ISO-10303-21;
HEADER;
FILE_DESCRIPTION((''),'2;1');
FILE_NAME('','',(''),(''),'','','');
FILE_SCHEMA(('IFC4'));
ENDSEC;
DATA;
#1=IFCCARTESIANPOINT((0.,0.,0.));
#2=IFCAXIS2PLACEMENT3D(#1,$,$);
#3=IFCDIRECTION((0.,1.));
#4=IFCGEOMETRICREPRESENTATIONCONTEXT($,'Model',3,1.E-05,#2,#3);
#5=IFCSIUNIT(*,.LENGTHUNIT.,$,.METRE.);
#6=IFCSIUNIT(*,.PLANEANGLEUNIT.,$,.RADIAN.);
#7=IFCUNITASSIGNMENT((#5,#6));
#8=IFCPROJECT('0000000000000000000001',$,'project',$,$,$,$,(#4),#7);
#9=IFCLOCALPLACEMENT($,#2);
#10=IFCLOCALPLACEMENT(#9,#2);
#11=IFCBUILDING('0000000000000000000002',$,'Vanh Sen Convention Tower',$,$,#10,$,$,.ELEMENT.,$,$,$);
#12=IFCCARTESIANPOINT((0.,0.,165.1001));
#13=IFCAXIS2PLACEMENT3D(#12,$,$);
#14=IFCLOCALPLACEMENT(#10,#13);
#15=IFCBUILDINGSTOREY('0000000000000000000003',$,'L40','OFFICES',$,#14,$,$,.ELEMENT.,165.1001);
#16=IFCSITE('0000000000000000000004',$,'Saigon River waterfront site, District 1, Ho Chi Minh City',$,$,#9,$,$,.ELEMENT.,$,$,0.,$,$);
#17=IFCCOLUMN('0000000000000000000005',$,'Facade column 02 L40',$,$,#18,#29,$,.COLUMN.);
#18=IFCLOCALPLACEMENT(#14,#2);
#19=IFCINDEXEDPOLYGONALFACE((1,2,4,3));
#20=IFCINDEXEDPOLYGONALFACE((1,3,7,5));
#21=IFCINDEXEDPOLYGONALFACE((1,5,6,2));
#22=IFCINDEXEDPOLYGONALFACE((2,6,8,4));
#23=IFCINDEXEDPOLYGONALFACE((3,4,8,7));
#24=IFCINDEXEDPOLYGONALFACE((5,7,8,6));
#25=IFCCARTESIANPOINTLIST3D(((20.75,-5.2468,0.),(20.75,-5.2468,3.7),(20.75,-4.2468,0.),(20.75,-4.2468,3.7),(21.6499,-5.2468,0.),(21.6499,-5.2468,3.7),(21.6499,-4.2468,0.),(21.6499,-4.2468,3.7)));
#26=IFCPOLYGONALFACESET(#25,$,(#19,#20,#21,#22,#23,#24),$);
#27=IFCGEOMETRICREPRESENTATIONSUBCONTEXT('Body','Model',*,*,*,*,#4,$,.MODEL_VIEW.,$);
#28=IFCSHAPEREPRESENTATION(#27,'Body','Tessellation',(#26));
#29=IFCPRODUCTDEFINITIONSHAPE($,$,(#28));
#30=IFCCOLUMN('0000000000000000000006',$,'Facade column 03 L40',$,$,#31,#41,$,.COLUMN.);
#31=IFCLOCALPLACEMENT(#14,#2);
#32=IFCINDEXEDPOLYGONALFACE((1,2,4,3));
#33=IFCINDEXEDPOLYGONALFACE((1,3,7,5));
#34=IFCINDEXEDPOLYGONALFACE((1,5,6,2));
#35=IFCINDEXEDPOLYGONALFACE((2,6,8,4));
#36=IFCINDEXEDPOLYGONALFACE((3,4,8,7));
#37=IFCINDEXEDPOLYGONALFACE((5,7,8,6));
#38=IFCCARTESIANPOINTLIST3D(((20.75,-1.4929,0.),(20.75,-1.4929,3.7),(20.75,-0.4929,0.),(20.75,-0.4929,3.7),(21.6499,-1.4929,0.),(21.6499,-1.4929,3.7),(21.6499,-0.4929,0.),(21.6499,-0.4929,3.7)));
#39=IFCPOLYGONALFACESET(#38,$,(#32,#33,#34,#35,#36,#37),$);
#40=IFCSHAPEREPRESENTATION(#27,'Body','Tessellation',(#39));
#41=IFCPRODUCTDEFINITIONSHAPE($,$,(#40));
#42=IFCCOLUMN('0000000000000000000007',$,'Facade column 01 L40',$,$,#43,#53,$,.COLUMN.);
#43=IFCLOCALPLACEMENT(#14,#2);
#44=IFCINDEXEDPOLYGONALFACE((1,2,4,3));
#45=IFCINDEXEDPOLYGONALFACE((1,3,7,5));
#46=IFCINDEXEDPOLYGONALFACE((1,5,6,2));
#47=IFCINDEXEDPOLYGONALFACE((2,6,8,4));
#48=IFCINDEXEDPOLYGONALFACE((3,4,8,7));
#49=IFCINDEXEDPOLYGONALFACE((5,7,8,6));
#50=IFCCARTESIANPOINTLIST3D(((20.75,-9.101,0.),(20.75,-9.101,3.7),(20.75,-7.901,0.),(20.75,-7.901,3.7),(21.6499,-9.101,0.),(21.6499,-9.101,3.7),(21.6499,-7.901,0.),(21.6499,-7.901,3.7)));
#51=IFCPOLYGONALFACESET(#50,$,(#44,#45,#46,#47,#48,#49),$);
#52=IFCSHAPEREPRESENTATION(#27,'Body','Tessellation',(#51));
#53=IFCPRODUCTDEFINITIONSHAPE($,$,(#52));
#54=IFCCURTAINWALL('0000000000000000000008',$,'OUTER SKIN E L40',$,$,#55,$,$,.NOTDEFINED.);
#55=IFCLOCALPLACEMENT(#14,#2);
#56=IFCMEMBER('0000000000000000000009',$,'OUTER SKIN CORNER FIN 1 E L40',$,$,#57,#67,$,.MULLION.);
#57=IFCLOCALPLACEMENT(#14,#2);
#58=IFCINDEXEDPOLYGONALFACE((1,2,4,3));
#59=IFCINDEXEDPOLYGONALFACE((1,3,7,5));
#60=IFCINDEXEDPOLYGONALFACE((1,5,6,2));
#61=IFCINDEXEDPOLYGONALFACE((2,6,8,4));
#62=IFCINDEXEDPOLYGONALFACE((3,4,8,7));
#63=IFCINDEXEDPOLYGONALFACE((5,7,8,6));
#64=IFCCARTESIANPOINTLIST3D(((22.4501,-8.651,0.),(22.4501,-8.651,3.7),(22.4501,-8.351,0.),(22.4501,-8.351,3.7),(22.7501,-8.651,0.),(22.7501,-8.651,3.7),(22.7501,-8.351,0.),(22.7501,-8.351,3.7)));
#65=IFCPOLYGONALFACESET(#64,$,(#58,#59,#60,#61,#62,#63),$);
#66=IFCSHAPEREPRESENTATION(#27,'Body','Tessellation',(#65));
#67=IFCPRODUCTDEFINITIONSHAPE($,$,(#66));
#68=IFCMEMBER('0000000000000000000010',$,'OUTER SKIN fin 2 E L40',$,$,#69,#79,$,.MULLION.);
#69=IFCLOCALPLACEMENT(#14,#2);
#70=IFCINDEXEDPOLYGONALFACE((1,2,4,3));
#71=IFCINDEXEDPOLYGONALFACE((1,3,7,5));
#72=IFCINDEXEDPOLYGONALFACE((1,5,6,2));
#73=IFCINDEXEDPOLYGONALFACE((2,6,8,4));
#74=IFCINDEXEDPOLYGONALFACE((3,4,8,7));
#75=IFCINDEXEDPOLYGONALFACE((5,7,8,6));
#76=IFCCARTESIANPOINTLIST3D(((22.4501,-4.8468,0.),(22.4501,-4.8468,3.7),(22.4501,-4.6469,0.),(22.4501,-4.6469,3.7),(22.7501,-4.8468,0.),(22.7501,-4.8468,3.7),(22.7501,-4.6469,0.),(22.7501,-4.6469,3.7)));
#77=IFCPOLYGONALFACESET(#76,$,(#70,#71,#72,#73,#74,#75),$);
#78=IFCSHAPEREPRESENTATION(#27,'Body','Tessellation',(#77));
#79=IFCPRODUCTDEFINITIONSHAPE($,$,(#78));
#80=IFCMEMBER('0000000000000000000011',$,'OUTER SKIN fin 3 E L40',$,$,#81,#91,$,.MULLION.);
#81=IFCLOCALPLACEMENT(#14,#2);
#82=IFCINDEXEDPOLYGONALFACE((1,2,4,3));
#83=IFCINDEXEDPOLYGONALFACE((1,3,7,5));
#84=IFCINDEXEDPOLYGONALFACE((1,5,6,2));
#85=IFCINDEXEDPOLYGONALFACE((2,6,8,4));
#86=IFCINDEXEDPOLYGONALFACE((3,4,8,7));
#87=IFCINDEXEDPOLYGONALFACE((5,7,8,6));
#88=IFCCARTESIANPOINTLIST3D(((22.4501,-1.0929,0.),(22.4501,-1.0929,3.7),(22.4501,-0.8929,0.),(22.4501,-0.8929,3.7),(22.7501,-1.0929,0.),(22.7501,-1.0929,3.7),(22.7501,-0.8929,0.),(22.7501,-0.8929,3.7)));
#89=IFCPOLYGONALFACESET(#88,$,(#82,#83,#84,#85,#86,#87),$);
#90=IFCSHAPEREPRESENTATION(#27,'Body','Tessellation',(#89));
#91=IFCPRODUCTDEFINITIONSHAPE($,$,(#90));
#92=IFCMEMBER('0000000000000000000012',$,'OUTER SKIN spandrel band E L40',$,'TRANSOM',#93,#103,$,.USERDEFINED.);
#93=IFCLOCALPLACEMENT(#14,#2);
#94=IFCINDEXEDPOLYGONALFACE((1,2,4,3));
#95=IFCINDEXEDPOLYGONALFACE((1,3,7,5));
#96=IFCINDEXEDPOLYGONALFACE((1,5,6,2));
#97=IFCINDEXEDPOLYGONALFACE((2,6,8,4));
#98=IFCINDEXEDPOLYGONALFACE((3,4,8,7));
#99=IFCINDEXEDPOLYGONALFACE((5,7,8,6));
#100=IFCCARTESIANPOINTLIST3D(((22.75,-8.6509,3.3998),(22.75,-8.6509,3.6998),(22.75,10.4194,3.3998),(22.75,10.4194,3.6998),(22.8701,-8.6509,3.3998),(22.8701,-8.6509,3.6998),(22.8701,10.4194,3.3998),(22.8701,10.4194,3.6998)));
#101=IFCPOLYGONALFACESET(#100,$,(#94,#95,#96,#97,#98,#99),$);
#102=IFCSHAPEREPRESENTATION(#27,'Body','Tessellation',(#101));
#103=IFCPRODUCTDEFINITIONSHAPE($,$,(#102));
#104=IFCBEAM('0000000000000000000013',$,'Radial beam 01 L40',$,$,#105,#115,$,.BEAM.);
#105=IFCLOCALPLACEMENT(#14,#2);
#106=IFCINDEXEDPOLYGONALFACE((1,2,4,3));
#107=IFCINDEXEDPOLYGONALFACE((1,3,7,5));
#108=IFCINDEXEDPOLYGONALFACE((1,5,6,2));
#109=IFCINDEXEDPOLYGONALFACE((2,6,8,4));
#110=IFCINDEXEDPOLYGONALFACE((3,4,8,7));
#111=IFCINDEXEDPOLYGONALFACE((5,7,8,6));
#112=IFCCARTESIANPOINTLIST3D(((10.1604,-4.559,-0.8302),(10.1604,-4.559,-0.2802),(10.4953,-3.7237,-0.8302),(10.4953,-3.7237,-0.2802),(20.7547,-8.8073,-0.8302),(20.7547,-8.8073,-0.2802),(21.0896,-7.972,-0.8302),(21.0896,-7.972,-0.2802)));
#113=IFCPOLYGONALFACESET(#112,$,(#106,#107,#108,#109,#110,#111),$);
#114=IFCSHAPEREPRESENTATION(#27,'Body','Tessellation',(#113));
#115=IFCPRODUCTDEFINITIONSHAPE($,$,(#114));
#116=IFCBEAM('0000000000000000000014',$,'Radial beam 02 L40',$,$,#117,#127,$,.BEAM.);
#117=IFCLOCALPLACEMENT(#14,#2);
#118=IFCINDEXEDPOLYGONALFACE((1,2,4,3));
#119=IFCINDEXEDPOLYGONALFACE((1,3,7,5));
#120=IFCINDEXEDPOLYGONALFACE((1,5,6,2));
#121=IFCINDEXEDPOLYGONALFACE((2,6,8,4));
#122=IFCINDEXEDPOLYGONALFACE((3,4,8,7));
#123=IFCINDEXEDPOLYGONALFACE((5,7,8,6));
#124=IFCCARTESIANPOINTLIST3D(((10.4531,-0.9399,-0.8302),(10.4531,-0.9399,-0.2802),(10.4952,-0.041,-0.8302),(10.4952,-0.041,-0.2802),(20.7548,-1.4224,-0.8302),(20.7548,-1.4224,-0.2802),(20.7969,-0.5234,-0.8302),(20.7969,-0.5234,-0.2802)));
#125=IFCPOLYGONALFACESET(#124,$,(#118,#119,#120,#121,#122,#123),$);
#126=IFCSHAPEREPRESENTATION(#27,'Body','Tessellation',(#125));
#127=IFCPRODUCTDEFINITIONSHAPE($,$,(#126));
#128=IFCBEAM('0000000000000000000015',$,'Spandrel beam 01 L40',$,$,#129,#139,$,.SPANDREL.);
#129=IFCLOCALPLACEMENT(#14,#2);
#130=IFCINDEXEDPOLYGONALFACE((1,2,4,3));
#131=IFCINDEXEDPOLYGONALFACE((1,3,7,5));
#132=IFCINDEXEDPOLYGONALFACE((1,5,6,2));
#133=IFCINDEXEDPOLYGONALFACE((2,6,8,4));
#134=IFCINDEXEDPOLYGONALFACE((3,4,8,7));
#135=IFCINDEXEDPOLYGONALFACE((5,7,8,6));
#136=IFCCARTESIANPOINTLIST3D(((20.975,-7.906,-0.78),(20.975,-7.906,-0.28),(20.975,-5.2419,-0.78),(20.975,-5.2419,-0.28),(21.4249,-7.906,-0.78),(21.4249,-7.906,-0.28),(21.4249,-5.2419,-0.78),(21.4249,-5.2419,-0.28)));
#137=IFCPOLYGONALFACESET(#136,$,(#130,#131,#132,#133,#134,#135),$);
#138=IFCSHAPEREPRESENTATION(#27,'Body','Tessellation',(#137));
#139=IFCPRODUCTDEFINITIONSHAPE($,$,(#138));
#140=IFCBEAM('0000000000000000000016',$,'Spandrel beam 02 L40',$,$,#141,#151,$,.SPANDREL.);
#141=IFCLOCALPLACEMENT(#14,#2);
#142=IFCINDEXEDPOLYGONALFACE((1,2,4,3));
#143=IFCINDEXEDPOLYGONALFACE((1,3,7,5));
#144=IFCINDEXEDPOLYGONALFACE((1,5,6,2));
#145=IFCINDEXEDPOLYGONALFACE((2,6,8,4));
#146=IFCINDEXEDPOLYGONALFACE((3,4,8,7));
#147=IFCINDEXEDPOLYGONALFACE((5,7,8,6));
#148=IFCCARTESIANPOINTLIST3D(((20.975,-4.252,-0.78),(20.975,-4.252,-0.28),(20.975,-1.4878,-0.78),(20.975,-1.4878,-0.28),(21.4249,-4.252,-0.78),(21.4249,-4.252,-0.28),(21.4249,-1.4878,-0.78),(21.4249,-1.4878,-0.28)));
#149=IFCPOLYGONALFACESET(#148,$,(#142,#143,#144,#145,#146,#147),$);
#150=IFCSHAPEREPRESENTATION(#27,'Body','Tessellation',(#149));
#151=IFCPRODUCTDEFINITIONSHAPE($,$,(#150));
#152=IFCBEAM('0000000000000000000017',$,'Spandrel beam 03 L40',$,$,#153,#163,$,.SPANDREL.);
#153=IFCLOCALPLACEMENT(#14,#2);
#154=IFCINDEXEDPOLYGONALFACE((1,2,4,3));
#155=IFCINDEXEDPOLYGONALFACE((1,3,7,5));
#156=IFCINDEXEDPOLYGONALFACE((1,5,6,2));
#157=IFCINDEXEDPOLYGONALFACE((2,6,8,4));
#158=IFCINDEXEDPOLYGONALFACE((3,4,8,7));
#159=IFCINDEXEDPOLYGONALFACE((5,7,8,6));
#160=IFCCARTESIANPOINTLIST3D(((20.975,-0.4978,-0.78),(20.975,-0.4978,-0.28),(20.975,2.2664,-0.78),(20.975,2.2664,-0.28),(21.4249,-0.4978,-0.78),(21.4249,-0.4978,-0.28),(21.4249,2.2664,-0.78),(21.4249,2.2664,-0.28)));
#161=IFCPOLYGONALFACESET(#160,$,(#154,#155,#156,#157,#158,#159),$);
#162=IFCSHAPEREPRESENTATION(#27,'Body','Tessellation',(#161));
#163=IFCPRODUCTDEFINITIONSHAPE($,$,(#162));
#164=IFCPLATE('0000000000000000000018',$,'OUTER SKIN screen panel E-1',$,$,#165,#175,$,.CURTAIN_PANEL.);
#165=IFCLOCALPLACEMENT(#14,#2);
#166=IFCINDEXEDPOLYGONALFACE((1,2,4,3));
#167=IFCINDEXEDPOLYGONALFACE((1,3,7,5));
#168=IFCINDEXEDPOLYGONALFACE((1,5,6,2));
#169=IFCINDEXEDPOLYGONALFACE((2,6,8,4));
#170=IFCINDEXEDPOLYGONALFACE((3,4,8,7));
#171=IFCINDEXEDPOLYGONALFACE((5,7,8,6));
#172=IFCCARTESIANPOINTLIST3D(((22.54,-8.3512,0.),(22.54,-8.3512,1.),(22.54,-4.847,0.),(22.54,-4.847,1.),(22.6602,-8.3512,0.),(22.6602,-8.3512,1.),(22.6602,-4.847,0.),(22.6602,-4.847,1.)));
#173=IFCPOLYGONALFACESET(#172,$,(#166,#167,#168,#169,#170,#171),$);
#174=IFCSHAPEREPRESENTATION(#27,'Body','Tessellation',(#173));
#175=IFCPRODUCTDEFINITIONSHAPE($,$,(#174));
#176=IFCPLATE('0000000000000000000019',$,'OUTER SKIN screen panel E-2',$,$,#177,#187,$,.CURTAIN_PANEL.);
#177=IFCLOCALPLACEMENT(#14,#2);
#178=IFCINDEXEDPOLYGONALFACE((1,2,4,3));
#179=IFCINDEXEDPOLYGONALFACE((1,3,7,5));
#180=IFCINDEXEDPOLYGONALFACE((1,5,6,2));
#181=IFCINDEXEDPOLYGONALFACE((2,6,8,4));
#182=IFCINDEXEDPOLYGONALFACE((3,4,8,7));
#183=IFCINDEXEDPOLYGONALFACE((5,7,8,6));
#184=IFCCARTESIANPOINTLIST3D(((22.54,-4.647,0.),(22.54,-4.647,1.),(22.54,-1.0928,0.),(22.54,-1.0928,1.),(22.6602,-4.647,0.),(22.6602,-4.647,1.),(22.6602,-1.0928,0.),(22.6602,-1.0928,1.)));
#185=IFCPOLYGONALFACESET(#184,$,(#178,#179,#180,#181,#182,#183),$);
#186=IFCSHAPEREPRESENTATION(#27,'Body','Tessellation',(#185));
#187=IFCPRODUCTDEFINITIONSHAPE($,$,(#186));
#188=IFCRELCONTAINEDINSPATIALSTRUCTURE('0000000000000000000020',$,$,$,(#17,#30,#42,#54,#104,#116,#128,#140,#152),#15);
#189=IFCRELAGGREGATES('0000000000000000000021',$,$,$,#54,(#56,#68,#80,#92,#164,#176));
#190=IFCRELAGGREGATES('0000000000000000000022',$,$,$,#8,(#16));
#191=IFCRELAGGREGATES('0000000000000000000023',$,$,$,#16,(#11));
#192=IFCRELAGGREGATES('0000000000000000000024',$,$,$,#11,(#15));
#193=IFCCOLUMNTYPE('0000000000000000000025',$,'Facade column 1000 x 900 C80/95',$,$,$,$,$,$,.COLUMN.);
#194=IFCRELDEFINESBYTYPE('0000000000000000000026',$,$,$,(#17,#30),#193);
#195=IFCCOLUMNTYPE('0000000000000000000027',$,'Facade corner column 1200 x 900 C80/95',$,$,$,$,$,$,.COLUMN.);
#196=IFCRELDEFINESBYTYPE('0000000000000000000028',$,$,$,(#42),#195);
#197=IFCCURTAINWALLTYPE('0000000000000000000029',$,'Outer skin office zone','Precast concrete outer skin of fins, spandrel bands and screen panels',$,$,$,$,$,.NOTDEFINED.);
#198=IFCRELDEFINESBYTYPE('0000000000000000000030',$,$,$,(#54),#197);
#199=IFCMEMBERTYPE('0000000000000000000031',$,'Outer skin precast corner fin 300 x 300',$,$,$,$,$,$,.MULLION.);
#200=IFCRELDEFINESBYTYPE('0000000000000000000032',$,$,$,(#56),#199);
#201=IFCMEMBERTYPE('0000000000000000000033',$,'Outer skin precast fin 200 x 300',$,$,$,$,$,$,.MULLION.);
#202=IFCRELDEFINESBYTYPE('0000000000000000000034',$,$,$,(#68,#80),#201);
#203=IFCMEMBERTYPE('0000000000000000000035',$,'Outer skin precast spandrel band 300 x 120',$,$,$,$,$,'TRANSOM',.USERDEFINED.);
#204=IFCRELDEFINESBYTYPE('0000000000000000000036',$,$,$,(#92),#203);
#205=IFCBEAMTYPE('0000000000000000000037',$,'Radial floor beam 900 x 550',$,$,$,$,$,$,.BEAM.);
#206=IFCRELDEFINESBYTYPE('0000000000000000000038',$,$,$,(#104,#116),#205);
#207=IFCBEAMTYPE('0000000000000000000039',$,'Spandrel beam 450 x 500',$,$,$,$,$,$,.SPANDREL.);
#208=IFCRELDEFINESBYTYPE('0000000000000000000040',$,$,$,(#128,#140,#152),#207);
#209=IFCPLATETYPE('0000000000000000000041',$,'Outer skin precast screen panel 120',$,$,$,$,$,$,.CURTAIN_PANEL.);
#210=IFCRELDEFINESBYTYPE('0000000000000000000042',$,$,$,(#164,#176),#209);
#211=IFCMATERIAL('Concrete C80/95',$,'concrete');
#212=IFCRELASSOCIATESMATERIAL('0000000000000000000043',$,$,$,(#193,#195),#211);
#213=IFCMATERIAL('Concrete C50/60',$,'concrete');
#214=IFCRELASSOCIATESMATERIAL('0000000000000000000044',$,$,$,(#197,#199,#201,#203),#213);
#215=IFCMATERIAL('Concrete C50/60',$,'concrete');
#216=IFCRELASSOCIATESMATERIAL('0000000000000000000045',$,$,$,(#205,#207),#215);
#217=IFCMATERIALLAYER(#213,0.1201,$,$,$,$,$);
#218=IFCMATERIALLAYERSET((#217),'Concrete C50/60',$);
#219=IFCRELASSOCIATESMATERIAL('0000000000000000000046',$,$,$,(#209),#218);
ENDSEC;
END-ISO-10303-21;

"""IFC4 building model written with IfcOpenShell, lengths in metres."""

from ifc_helpers import new_model, si_unit, direction, frame, origin, origin_2d, place, context, subcontext, project, spatial, rectangle, extrude, material, layer, layer_set, material_profile, profile_set, type_object, element, aggregate, save


model = new_model("IFC4")

# Units and contexts
model_context = context("Model", 3, precision=1e-05, world=origin(), true_north=direction((0.0, 1.0)))
body_context = subcontext(model_context, "Body", "Model", "MODEL_VIEW")
ifc_project = project(units=[si_unit("LENGTHUNIT", "METRE"), si_unit("PLANEANGLEUNIT", "RADIAN")], contexts=[model_context])

# Site, building, storey
site_placement = place(None, origin())
site = spatial("IfcSite", under=ifc_project, at=site_placement, Name="Saigon River waterfront site, District 1, Ho Chi Minh City", CompositionType="ELEMENT", RefElevation=0.0)
building_placement = place(site_placement, origin())
building = spatial("IfcBuilding", under=site, at=building_placement, Name="Vanh Sen Convention Tower", CompositionType="ELEMENT")
storey_placement = place(building_placement, frame((0.0, 0.0, 165.1001)))
storey = spatial("IfcBuildingStorey", under=building, at=storey_placement, Name="L40", Description="OFFICES", CompositionType="ELEMENT", Elevation=165.1001)

# Columns
ifc_material_1 = material(Name="Concrete C80/95", Category="concrete")
ifc_material_profile_1 = material_profile(ifc_material_1, rectangle(XDim=1.0, YDim=0.8999, at=origin_2d()), Name="RC 1000X900")
ifc_profile_set_1 = profile_set([ifc_material_profile_1], Name="Concrete C80/95")
column_type_1 = type_object("IfcColumnType", Name="Facade column 1000 x 900 C80/95", PredefinedType="COLUMN", material=ifc_profile_set_1)
for number, where, z_axis, x_axis, name in (
    (1, (21.2, -4.7468, 0.0), (0.0, 0.0, 1.0), (0.0, 1.0, 0.0), "Facade column 02 L40"),
    (2, (21.2, -0.9929, 0.0), (0.0, 0.0, 1.0), (0.0, 1.0, 0.0), "Facade column 03 L40"),
):
    element("IfcColumn", number, at=place(storey_placement, frame(where, z_axis=z_axis, x_axis=x_axis)), inside=storey, type_object=column_type_1, Name=name, PredefinedType="COLUMN", context=body_context, shape_type="SweptSolid", body=[
        extrude(rectangle(XDim=1.0, YDim=0.8999, at=origin_2d()), origin(), (0.0, 0.0, 1.0), 3.7),
    ])
ifc_material_profile_2 = material_profile(ifc_material_1, rectangle(XDim=1.2, YDim=0.8999, at=origin_2d()), Name="RC 1200X900")
ifc_profile_set_2 = profile_set([ifc_material_profile_2], Name="Concrete C80/95")
column_type_2 = type_object("IfcColumnType", Name="Facade corner column 1200 x 900 C80/95", PredefinedType="COLUMN", material=ifc_profile_set_2)
column_placement = place(storey_placement, frame((21.2, -8.501, 0.0), z_axis=(0.0, 0.0, 1.0), x_axis=(0.0, 1.0, 0.0)))
element("IfcColumn", 3, at=column_placement, inside=storey, type_object=column_type_2, Name="Facade column 01 L40", PredefinedType="COLUMN", context=body_context, shape_type="SweptSolid", body=[
    extrude(rectangle(XDim=1.2, YDim=0.8999, at=origin_2d()), origin(), (0.0, 0.0, 1.0), 3.7),
])

# Curtain wall, members
ifc_material_2 = material(Name="Concrete C50/60", Category="concrete")
curtain_wall_type = type_object("IfcCurtainWallType", Name="Outer skin office zone", Description="Precast concrete outer skin of fins, spandrel bands and screen panels", PredefinedType="NOTDEFINED", material=ifc_material_2)
curtain_wall_1_placement = place(storey_placement, origin())
curtain_wall_1 = element("IfcCurtainWall", 4, at=curtain_wall_1_placement, inside=storey, type_object=curtain_wall_type, Name="OUTER SKIN E L40", PredefinedType="NOTDEFINED")
ifc_material_profile_3 = material_profile(ifc_material_2, rectangle(XDim=0.3, YDim=0.3, at=origin_2d()), Name="Outer skin precast corner fin 300 x 300")
ifc_profile_set_3 = profile_set([ifc_material_profile_3], Name="Concrete C50/60")
member_type_1 = type_object("IfcMemberType", Name="Outer skin precast corner fin 300 x 300", PredefinedType="MULLION", material=ifc_profile_set_3)
member_1_placement = place(storey_placement, frame((22.6001, -8.501, 0.0), z_axis=(0.0, 0.0, 1.0), x_axis=(0.0, 1.0, 0.0)))
member_1 = element("IfcMember", 5, at=member_1_placement, type_object=member_type_1, Name="OUTER SKIN CORNER FIN 1 E L40", PredefinedType="MULLION", context=body_context, shape_type="SweptSolid", body=[
    extrude(rectangle(XDim=0.3, YDim=0.3, at=origin_2d()), origin(), (0.0, 0.0, 1.0), 3.7),
])
ifc_material_profile_4 = material_profile(ifc_material_2, rectangle(XDim=0.2, YDim=0.3, at=origin_2d()), Name="Outer skin precast fin 200 x 300")
ifc_profile_set_4 = profile_set([ifc_material_profile_4], Name="Concrete C50/60")
member_type_2 = type_object("IfcMemberType", Name="Outer skin precast fin 200 x 300", PredefinedType="MULLION", material=ifc_profile_set_4)
member_2_placement = place(storey_placement, frame((22.6001, -4.7468, 0.0), z_axis=(0.0, 0.0, 1.0), x_axis=(0.0, 1.0, 0.0)))
member_2 = element("IfcMember", 6, at=member_2_placement, type_object=member_type_2, Name="OUTER SKIN fin 2 E L40", PredefinedType="MULLION", context=body_context, shape_type="SweptSolid", body=[
    extrude(rectangle(XDim=0.2, YDim=0.3, at=origin_2d()), origin(), (0.0, 0.0, 1.0), 3.7),
])
member_3_placement = place(storey_placement, frame((22.6001, -0.9929, 0.0), z_axis=(0.0, 0.0, 1.0), x_axis=(0.0, 1.0, 0.0)))
member_3 = element("IfcMember", 7, at=member_3_placement, type_object=member_type_2, Name="OUTER SKIN fin 3 E L40", PredefinedType="MULLION", context=body_context, shape_type="SweptSolid", body=[
    extrude(rectangle(XDim=0.2, YDim=0.3, at=origin_2d()), origin(), (0.0, 0.0, 1.0), 3.7),
])
ifc_material_profile_5 = material_profile(ifc_material_2, rectangle(XDim=0.1201, YDim=0.3, at=origin_2d()), Name="Outer skin precast spandrel band 300 x 120")
ifc_profile_set_5 = profile_set([ifc_material_profile_5], Name="Concrete C50/60")
member_type_3 = type_object("IfcMemberType", Name="Outer skin precast spandrel band 300 x 120", ElementType="TRANSOM", PredefinedType="USERDEFINED", material=ifc_profile_set_5)
member_4_placement = place(storey_placement, frame((22.8101, -8.6509, 3.5498), z_axis=(0.0, 1.0, 0.0), x_axis=(-1.0, 0.0, 0.0)))
member_4 = element("IfcMember", 8, at=member_4_placement, type_object=member_type_3, Name="OUTER SKIN spandrel band E L40", ObjectType="TRANSOM", PredefinedType="USERDEFINED", context=body_context, shape_type="SweptSolid", body=[
    extrude(rectangle(XDim=0.1201, YDim=0.3, at=origin_2d()), origin(), (0.0, 0.0, 1.0), 19.0703),
])

# Beams
ifc_material_3 = material(Name="Concrete C50/60", Category="concrete")
ifc_material_profile_6 = material_profile(ifc_material_3, rectangle(XDim=0.8999, YDim=0.55, at=origin_2d()), Name="RC 900X550")
ifc_profile_set_6 = profile_set([ifc_material_profile_6], Name="Concrete C50/60")
beam_type_1 = type_object("IfcBeamType", Name="Radial floor beam 900 x 550", PredefinedType="BEAM", material=ifc_profile_set_6)
beam_1_placement = place(storey_placement, frame((20.9221, -8.3896, -0.5552), z_axis=(-0.928156, 0.372191, 0.0), x_axis=(-0.372191, -0.928156, 0.0)))
element("IfcBeam", 9, at=beam_1_placement, inside=storey, type_object=beam_type_1, Name="Radial beam 01 L40", PredefinedType="BEAM", context=body_context, shape_type="SweptSolid", body=[
    extrude(rectangle(XDim=0.8999, YDim=0.55, at=origin_2d()), origin(), (0.0, 0.0, 1.0), 11.4143),
])
beam_2_placement = place(storey_placement, frame((20.7759, -0.9729, -0.5552), z_axis=(-0.998905, 0.046778, 0.0), x_axis=(-0.046778, -0.998905, 0.0)))
element("IfcBeam", 10, at=beam_2_placement, inside=storey, type_object=beam_type_1, Name="Radial beam 02 L40", PredefinedType="BEAM", context=body_context, shape_type="SweptSolid", body=[
    extrude(rectangle(XDim=0.8999, YDim=0.55, at=origin_2d()), origin(), (0.0, 0.0, 1.0), 10.313),
])
ifc_material_profile_7 = material_profile(ifc_material_3, rectangle(XDim=0.45, YDim=0.5, at=origin_2d()), Name="RC 450X500")
ifc_profile_set_7 = profile_set([ifc_material_profile_7], Name="Concrete C50/60")
beam_type_2 = type_object("IfcBeamType", Name="Spandrel beam 450 x 500", PredefinedType="SPANDREL", material=ifc_profile_set_7)
beam_3_placement = place(storey_placement, frame((21.2, -7.906, -0.53), z_axis=(0.0, 1.0, 0.0), x_axis=(-1.0, 0.0, 0.0)))
element("IfcBeam", 11, at=beam_3_placement, inside=storey, type_object=beam_type_2, Name="Spandrel beam 01 L40", PredefinedType="SPANDREL", context=body_context, shape_type="SweptSolid", body=[
    extrude(rectangle(XDim=0.45, YDim=0.5, at=origin_2d()), origin(), (0.0, 0.0, 1.0), 2.6641),
])
for number, where, z_axis, x_axis, name in (
    (12, (21.2, -4.252, -0.53), (0.0, 1.0, 0.0), (-1.0, 0.0, 0.0), "Spandrel beam 02 L40"),
    (13, (21.2, -0.4978, -0.53), (0.0, 1.0, 0.0), (-1.0, 0.0, 0.0), "Spandrel beam 03 L40"),
):
    element("IfcBeam", number, at=place(storey_placement, frame(where, z_axis=z_axis, x_axis=x_axis)), inside=storey, type_object=beam_type_2, Name=name, PredefinedType="SPANDREL", context=body_context, shape_type="SweptSolid", body=[
        extrude(rectangle(XDim=0.45, YDim=0.5, at=origin_2d()), origin(), (0.0, 0.0, 1.0), 2.7642),
    ])

# Plates
ifc_layer_1 = layer(ifc_material_2, 0.1201)
ifc_layer_set_1 = layer_set([ifc_layer_1], Name="Concrete C50/60")
plate_type = type_object("IfcPlateType", Name="Outer skin precast screen panel 120", PredefinedType="CURTAIN_PANEL", material=ifc_layer_set_1)
plate_1_placement = place(storey_placement, frame((22.6001, -6.5991, 0.0), z_axis=(0.0, 0.0, 1.0), x_axis=(0.0, 1.0, 0.0)))
plate_1 = element("IfcPlate", 14, at=plate_1_placement, type_object=plate_type, Name="OUTER SKIN screen panel E-1", PredefinedType="CURTAIN_PANEL", context=body_context, shape_type="SweptSolid", body=[
    extrude(rectangle(XDim=3.5042, YDim=0.1201, at=origin_2d()), origin(), (0.0, 0.0, 1.0), 1.0),
])
plate_2_placement = place(storey_placement, frame((22.6001, -2.8699, 0.0), z_axis=(0.0, 0.0, 1.0), x_axis=(0.0, 1.0, 0.0)))
plate_2 = element("IfcPlate", 15, at=plate_2_placement, type_object=plate_type, Name="OUTER SKIN screen panel E-2", PredefinedType="CURTAIN_PANEL", context=body_context, shape_type="SweptSolid", body=[
    extrude(rectangle(XDim=3.5542, YDim=0.1201, at=origin_2d()), origin(), (0.0, 0.0, 1.0), 1.0),
])
aggregate(curtain_wall_1, [member_1, member_2, member_3, member_4, plate_1, plate_2])

save(model, "model.ifc")
